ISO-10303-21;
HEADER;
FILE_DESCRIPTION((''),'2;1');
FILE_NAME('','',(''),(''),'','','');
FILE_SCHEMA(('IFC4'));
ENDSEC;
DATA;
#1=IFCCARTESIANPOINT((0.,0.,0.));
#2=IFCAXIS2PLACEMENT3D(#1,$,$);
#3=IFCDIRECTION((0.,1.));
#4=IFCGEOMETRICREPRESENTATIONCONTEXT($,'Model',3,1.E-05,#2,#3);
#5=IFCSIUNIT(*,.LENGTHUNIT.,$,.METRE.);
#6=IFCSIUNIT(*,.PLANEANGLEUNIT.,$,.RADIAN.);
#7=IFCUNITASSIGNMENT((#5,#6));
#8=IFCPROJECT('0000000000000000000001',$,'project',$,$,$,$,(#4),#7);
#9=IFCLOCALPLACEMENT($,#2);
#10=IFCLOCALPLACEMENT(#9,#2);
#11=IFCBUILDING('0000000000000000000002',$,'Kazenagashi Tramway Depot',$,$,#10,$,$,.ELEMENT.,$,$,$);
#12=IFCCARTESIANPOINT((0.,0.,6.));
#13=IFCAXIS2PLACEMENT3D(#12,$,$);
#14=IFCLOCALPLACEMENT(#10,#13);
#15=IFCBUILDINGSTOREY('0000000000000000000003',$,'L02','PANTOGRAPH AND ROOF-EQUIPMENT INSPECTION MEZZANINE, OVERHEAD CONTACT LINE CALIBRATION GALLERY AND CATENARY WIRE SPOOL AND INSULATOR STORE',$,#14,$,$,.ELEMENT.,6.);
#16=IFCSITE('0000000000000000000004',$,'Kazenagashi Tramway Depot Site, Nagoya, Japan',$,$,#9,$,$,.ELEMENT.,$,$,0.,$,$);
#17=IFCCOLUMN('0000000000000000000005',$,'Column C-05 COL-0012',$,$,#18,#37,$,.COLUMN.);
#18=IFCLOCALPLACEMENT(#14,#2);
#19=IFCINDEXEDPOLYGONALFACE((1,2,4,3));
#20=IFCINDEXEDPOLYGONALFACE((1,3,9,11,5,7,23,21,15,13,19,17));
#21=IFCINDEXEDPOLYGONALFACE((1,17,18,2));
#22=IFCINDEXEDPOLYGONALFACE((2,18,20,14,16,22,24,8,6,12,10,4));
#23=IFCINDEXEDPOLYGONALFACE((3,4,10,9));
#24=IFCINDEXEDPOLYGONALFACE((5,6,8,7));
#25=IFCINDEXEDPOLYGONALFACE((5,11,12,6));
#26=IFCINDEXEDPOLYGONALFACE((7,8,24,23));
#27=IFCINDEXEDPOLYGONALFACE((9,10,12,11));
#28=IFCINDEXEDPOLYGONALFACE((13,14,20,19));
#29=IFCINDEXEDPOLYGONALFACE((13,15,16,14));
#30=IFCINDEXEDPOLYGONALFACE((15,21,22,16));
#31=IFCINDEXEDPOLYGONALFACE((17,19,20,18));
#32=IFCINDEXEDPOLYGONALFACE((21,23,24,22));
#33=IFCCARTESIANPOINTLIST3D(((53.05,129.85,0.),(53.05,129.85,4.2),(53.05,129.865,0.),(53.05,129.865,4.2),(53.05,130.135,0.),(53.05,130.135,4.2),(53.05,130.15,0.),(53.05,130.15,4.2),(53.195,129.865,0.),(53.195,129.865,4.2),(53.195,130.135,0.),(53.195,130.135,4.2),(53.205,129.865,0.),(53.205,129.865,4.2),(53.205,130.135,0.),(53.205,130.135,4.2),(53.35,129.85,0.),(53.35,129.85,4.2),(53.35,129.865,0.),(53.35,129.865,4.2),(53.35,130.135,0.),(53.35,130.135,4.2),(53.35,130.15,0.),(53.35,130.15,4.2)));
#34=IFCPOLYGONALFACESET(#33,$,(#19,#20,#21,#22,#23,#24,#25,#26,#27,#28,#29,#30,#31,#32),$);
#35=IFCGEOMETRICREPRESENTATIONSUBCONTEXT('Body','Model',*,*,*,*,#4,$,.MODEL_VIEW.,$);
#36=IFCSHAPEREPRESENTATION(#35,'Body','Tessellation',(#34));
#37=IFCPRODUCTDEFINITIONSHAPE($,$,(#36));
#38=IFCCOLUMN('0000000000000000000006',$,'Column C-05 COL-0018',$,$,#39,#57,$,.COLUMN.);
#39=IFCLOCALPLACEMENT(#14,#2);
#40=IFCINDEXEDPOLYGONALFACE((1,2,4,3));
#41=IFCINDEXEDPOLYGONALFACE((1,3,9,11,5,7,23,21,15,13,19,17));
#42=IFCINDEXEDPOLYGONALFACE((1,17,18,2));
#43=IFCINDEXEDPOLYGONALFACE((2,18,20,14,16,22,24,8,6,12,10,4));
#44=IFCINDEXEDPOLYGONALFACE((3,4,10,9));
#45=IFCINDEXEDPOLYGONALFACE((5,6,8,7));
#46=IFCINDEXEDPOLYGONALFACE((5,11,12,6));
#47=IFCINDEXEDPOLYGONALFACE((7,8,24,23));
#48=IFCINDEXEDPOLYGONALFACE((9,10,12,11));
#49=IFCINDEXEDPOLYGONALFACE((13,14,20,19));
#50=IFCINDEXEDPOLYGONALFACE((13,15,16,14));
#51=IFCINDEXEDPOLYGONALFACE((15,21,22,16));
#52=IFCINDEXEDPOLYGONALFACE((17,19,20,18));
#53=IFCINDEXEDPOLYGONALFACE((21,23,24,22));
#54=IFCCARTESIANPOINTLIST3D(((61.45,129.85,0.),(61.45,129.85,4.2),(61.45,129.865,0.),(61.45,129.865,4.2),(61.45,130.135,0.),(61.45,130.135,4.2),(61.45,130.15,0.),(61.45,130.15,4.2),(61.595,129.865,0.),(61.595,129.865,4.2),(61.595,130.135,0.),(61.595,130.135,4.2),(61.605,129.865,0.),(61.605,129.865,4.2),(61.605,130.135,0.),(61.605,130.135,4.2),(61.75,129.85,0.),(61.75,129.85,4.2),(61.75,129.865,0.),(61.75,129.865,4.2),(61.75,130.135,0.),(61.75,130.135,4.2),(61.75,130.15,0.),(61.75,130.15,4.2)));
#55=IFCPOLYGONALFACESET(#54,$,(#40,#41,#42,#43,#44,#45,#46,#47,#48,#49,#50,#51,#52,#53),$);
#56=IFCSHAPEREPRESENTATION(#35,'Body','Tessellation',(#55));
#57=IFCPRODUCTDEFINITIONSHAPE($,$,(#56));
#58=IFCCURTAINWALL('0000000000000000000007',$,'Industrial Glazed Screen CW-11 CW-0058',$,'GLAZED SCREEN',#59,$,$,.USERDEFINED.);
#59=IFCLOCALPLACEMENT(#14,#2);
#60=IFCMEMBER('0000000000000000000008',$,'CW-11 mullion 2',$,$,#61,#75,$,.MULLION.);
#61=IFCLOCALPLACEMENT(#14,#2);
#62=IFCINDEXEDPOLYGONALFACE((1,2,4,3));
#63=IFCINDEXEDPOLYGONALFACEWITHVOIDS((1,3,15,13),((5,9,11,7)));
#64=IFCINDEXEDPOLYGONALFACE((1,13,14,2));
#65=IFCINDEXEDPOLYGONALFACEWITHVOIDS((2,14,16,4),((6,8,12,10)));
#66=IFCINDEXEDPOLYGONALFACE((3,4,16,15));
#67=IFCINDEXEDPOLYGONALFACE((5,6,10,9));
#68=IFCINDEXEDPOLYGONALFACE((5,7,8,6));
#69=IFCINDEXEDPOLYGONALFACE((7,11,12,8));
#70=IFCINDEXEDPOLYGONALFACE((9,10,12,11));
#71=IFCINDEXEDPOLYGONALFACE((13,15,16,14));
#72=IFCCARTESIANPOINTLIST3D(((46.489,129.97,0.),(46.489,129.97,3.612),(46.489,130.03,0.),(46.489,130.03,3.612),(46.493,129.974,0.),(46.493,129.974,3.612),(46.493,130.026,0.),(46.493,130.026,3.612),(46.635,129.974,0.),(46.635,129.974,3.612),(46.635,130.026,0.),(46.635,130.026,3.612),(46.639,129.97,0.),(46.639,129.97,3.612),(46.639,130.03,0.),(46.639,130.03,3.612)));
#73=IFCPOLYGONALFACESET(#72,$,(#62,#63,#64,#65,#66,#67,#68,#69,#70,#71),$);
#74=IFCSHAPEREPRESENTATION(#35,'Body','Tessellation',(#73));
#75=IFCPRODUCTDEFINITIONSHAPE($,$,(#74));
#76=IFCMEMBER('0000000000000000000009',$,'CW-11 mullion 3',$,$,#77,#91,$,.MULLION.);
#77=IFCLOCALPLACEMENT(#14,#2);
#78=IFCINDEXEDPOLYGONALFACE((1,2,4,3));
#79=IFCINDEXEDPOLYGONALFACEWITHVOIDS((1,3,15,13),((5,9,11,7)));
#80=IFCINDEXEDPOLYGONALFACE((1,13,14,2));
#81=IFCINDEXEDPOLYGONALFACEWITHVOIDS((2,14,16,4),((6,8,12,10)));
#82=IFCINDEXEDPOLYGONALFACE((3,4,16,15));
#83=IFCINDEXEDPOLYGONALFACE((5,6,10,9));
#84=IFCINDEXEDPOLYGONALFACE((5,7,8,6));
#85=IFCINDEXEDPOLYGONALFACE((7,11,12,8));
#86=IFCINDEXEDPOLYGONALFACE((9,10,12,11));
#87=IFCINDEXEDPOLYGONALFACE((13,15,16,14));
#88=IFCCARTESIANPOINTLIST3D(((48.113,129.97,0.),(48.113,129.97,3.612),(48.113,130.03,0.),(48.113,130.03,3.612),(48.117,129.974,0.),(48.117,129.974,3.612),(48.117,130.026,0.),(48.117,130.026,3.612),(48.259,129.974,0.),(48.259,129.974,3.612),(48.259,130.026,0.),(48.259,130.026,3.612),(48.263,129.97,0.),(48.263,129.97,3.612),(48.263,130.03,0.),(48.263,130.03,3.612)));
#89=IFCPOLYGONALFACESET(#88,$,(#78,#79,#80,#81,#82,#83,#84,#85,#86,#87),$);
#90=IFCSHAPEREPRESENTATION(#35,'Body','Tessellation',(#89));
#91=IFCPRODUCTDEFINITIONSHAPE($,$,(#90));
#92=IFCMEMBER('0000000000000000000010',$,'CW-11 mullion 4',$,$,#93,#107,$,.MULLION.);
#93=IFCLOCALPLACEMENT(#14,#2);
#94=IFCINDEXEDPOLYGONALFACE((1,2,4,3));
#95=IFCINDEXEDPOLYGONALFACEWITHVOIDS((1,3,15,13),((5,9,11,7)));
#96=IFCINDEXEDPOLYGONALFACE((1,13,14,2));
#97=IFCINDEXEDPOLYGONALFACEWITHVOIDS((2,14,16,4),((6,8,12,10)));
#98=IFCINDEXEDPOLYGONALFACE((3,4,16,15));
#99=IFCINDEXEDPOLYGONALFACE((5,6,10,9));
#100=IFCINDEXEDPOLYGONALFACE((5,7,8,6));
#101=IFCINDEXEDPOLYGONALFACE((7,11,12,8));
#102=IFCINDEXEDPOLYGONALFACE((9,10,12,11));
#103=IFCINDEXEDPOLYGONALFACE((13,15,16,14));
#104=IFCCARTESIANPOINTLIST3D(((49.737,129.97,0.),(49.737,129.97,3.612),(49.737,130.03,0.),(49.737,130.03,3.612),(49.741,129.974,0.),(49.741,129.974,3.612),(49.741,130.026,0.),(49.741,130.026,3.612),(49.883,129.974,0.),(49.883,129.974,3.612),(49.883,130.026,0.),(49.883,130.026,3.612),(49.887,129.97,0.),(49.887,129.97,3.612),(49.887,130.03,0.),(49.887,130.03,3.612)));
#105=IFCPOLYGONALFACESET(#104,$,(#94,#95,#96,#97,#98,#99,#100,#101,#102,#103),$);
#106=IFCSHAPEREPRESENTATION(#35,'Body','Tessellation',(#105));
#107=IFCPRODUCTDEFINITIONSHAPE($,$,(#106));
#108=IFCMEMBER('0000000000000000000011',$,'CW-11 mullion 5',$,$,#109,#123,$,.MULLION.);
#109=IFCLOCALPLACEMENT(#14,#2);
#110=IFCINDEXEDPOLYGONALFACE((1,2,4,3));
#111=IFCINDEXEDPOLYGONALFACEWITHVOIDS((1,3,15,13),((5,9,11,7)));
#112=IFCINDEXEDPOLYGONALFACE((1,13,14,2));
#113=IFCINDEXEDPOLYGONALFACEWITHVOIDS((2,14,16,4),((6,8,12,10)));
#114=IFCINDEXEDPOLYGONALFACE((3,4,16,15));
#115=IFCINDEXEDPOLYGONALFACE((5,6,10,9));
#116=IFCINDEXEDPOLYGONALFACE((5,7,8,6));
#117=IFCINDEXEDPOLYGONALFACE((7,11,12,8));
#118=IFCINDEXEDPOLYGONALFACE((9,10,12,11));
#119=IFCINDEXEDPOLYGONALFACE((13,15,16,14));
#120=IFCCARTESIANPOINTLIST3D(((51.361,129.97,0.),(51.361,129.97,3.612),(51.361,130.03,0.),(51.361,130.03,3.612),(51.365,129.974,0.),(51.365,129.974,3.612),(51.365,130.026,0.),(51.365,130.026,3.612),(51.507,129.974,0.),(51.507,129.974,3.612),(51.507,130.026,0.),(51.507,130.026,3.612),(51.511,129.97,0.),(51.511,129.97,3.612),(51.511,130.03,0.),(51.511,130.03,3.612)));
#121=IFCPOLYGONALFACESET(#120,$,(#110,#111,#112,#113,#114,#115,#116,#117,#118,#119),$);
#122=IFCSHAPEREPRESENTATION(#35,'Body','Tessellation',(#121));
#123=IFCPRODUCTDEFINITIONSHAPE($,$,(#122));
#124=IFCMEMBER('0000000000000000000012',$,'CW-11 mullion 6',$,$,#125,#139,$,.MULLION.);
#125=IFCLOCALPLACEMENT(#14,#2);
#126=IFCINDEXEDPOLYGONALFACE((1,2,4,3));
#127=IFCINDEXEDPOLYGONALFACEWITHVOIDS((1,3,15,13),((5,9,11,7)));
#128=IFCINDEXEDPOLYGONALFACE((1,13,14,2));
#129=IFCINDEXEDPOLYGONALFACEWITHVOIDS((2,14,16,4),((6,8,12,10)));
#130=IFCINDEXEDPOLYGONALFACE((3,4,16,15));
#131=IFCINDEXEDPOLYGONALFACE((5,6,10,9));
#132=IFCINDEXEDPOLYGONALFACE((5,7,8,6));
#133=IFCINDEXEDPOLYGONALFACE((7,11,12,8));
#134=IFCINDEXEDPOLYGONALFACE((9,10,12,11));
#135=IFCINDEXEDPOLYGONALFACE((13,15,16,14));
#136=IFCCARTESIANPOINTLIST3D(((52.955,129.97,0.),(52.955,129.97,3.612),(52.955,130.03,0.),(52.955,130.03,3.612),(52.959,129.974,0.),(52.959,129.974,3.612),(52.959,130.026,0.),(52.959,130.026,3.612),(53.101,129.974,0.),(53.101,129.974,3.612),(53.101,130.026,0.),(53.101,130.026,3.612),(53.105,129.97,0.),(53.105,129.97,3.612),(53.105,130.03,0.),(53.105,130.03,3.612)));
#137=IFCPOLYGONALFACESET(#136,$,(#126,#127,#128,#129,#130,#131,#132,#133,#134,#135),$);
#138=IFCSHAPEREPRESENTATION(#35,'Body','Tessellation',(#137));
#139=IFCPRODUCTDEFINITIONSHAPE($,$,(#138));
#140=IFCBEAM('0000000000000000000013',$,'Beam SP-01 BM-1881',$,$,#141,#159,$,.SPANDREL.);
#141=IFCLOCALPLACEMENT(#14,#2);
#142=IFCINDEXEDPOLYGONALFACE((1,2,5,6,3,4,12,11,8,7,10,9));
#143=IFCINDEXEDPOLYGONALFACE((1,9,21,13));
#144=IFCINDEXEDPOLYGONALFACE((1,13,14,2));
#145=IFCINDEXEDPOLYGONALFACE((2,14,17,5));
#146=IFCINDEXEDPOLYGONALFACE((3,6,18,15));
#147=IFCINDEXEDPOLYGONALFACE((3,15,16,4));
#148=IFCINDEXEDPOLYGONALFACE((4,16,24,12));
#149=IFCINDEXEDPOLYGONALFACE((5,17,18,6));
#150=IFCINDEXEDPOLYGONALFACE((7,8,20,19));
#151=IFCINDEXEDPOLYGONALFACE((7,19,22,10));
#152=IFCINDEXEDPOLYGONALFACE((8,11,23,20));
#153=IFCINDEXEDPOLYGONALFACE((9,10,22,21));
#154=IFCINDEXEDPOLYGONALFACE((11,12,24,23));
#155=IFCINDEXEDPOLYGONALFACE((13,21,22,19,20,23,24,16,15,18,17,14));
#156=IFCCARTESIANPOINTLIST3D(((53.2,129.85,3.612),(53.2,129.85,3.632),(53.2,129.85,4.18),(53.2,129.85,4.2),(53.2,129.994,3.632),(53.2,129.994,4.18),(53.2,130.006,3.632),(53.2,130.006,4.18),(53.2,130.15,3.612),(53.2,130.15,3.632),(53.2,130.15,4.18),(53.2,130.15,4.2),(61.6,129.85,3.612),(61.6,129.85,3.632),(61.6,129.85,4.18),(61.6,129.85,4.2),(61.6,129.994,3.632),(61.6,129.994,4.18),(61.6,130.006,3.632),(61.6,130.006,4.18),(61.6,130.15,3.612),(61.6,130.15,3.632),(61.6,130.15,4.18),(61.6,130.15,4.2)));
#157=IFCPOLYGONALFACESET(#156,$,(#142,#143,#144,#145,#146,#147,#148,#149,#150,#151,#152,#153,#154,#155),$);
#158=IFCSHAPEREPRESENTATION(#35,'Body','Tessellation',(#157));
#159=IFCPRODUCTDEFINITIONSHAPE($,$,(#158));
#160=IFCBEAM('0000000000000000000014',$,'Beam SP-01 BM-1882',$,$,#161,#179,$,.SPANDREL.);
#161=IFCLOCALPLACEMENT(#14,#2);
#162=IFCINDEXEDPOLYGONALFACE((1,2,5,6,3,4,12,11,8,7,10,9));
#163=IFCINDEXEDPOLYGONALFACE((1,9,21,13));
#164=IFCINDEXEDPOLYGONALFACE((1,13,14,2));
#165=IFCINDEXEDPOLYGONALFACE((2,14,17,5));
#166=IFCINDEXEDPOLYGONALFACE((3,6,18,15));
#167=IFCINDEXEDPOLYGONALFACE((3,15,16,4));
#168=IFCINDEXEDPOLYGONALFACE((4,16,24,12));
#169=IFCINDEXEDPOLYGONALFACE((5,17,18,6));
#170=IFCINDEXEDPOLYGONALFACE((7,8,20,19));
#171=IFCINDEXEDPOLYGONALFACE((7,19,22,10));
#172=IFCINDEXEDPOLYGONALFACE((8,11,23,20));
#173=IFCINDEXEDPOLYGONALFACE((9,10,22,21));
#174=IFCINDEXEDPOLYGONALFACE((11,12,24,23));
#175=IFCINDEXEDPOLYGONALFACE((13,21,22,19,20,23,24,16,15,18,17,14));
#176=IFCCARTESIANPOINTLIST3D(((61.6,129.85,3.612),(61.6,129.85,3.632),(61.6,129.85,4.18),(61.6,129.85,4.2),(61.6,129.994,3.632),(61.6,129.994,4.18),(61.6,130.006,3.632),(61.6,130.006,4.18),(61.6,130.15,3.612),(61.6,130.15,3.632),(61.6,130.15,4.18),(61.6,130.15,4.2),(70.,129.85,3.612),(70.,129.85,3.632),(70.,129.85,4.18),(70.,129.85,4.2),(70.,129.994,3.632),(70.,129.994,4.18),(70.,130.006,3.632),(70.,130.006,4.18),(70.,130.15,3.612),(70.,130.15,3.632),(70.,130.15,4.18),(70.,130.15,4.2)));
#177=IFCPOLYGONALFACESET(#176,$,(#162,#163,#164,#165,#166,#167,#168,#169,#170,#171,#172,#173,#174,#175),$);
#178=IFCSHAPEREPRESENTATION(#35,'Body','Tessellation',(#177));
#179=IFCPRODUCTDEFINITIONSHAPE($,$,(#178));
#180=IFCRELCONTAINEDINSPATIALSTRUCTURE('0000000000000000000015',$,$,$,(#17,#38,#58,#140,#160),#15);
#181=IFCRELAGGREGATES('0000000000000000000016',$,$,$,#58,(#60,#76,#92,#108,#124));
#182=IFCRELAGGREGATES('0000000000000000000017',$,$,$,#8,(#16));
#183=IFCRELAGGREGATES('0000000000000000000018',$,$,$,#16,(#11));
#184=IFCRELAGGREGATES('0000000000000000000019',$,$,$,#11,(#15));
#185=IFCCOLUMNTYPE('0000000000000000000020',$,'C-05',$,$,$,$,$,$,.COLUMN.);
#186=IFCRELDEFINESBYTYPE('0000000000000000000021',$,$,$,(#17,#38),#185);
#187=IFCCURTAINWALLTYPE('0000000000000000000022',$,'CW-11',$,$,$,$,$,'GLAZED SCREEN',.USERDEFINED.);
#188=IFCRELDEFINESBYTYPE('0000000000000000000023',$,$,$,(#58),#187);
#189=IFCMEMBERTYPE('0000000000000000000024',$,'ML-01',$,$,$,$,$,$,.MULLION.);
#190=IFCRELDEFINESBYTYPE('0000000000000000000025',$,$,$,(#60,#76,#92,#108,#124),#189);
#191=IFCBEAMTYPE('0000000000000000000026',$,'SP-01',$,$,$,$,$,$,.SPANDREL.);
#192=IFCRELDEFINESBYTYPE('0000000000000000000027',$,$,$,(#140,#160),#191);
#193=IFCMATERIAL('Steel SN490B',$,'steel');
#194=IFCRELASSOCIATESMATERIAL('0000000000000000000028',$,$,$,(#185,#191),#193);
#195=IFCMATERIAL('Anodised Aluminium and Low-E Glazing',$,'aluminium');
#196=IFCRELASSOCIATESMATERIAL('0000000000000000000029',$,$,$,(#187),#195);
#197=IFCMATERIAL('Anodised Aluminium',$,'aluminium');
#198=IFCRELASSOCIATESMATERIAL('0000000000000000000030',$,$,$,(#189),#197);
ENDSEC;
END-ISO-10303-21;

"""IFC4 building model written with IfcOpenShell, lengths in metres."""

from ifc_helpers import new_model, si_unit, direction, frame, origin, origin_2d, place, context, subcontext, project, spatial, hollow_rectangle, i_section, extrude, material, material_profile, profile_set, type_object, element, aggregate, save


model = new_model("IFC4")

# Units and contexts
model_context = context("Model", 3, precision=1e-05, world=origin(), true_north=direction((0.0, 1.0)))
body_context = subcontext(model_context, "Body", "Model", "MODEL_VIEW")
ifc_project = project(units=[si_unit("LENGTHUNIT", "METRE"), si_unit("PLANEANGLEUNIT", "RADIAN")], contexts=[model_context])

# Site, building, storey
site_placement = place(None, origin())
site = spatial("IfcSite", under=ifc_project, at=site_placement, Name="Kazenagashi Tramway Depot Site, Nagoya, Japan", CompositionType="ELEMENT", RefElevation=0.0)
building_placement = place(site_placement, origin())
building = spatial("IfcBuilding", under=site, at=building_placement, Name="Kazenagashi Tramway Depot", CompositionType="ELEMENT")
storey_placement = place(building_placement, frame((0.0, 0.0, 6.0)))
storey = spatial("IfcBuildingStorey", under=building, at=storey_placement, Name="L02", Description="PANTOGRAPH AND ROOF-EQUIPMENT INSPECTION MEZZANINE, OVERHEAD CONTACT LINE CALIBRATION GALLERY AND CATENARY WIRE SPOOL AND INSULATOR STORE", CompositionType="ELEMENT", Elevation=6.0)

# Columns
ifc_material_1 = material(Name="Steel SN490B", Category="steel")
ifc_material_profile_1 = material_profile(ifc_material_1, i_section(OverallWidth=0.3, OverallDepth=0.3, WebThickness=0.01, FlangeThickness=0.015, at=origin_2d()), Name="H-300x300x10x15")
ifc_profile_set_1 = profile_set([ifc_material_profile_1], Name="Steel SN490B")
column_type = type_object("IfcColumnType", Name="C-05", PredefinedType="COLUMN", material=ifc_profile_set_1)
for number, where, z_axis, x_axis, name in (
    (1, (53.2, 130.0, 0.0), (0.0, 0.0, 1.0), (1.0, 0.0, 0.0), "Column C-05 COL-0012"),
    (2, (61.6, 130.0, 0.0), (0.0, 0.0, 1.0), (1.0, 0.0, 0.0), "Column C-05 COL-0018"),
):
    element("IfcColumn", number, at=place(storey_placement, frame(where, z_axis=z_axis, x_axis=x_axis)), inside=storey, type_object=column_type, Name=name, PredefinedType="COLUMN", context=body_context, shape_type="SweptSolid", body=[
        extrude(i_section(OverallWidth=0.3, OverallDepth=0.3, WebThickness=0.01, FlangeThickness=0.015, at=origin_2d()), origin(), (0.0, 0.0, 1.0), 4.2),
    ])

# Curtain wall, members
ifc_material_2 = material(Name="Anodised Aluminium and Low-E Glazing", Category="aluminium")
curtain_wall_type = type_object("IfcCurtainWallType", Name="CW-11", ElementType="GLAZED SCREEN", PredefinedType="USERDEFINED", material=ifc_material_2)
curtain_wall_placement = place(storey_placement, origin())
curtain_wall = element("IfcCurtainWall", 3, at=curtain_wall_placement, inside=storey, type_object=curtain_wall_type, Name="Industrial Glazed Screen CW-11 CW-0058", ObjectType="GLAZED SCREEN", PredefinedType="USERDEFINED")
ifc_material_3 = material(Name="Anodised Aluminium", Category="aluminium")
ifc_material_profile_2 = material_profile(ifc_material_3, hollow_rectangle(XDim=0.06, YDim=0.15, WallThickness=0.004, at=origin_2d()), Name="RHS-150x60x4")
ifc_profile_set_2 = profile_set([ifc_material_profile_2], Name="Anodised Aluminium")
member_type_1 = type_object("IfcMemberType", Name="ML-01", PredefinedType="MULLION", material=ifc_profile_set_2)
member_1_placement = place(storey_placement, frame((46.564, 130.0, 0.0), z_axis=(0.0, 0.0, 1.0), x_axis=(0.0, 1.0, 0.0)))
member_1 = element("IfcMember", 4, at=member_1_placement, type_object=member_type_1, Name="CW-11 mullion 2", PredefinedType="MULLION", context=body_context, shape_type="SweptSolid", body=[
    extrude(hollow_rectangle(XDim=0.06, YDim=0.15, WallThickness=0.004, at=origin_2d()), origin(), (0.0, 0.0, 1.0), 3.612),
])
member_2_placement = place(storey_placement, frame((48.188, 130.0, 0.0), z_axis=(0.0, 0.0, 1.0), x_axis=(0.0, 1.0, 0.0)))
member_2 = element("IfcMember", 5, at=member_2_placement, type_object=member_type_1, Name="CW-11 mullion 3", PredefinedType="MULLION", context=body_context, shape_type="SweptSolid", body=[
    extrude(hollow_rectangle(XDim=0.06, YDim=0.15, WallThickness=0.004, at=origin_2d()), origin(), (0.0, 0.0, 1.0), 3.612),
])
member_3_placement = place(storey_placement, frame((49.812, 130.0, 0.0), z_axis=(0.0, 0.0, 1.0), x_axis=(0.0, 1.0, 0.0)))
member_3 = element("IfcMember", 6, at=member_3_placement, type_object=member_type_1, Name="CW-11 mullion 4", PredefinedType="MULLION", context=body_context, shape_type="SweptSolid", body=[
    extrude(hollow_rectangle(XDim=0.06, YDim=0.15, WallThickness=0.004, at=origin_2d()), origin(), (0.0, 0.0, 1.0), 3.612),
])
member_4_placement = place(storey_placement, frame((51.436, 130.0, 0.0), z_axis=(0.0, 0.0, 1.0), x_axis=(0.0, 1.0, 0.0)))
member_4 = element("IfcMember", 7, at=member_4_placement, type_object=member_type_1, Name="CW-11 mullion 5", PredefinedType="MULLION", context=body_context, shape_type="SweptSolid", body=[
    extrude(hollow_rectangle(XDim=0.06, YDim=0.15, WallThickness=0.004, at=origin_2d()), origin(), (0.0, 0.0, 1.0), 3.612),
])
member_5_placement = place(storey_placement, frame((53.03, 130.0, 0.0), z_axis=(0.0, 0.0, 1.0), x_axis=(0.0, 1.0, 0.0)))
member_5 = element("IfcMember", 8, at=member_5_placement, type_object=member_type_1, Name="CW-11 mullion 6", PredefinedType="MULLION", context=body_context, shape_type="SweptSolid", body=[
    extrude(hollow_rectangle(XDim=0.06, YDim=0.15, WallThickness=0.004, at=origin_2d()), origin(), (0.0, 0.0, 1.0), 3.612),
])

# Beams
ifc_material_profile_3 = material_profile(ifc_material_1, i_section(OverallWidth=0.3, OverallDepth=0.588, WebThickness=0.012, FlangeThickness=0.02, at=origin_2d()), Name="H-588x300x12x20")
ifc_profile_set_3 = profile_set([ifc_material_profile_3], Name="Steel SN490B")
beam_type_1 = type_object("IfcBeamType", Name="SP-01", PredefinedType="SPANDREL", material=ifc_profile_set_3)
for number, where, z_axis, x_axis, name in (
    (9, (53.2, 130.0, 3.906), (1.0, 0.0, 0.0), (0.0, 1.0, 0.0), "Beam SP-01 BM-1881"),
    (10, (61.6, 130.0, 3.906), (1.0, 0.0, 0.0), (0.0, 1.0, 0.0), "Beam SP-01 BM-1882"),
):
    element("IfcBeam", number, at=place(storey_placement, frame(where, z_axis=z_axis, x_axis=x_axis)), inside=storey, type_object=beam_type_1, Name=name, PredefinedType="SPANDREL", context=body_context, shape_type="SweptSolid", body=[
        extrude(i_section(OverallWidth=0.3, OverallDepth=0.588, WebThickness=0.012, FlangeThickness=0.02, at=origin_2d()), origin(), (0.0, 0.0, 1.0), 8.4),
    ])

aggregate(curtain_wall, [member_1, member_2, member_3, member_4, member_5])

save(model, "model.ifc")
